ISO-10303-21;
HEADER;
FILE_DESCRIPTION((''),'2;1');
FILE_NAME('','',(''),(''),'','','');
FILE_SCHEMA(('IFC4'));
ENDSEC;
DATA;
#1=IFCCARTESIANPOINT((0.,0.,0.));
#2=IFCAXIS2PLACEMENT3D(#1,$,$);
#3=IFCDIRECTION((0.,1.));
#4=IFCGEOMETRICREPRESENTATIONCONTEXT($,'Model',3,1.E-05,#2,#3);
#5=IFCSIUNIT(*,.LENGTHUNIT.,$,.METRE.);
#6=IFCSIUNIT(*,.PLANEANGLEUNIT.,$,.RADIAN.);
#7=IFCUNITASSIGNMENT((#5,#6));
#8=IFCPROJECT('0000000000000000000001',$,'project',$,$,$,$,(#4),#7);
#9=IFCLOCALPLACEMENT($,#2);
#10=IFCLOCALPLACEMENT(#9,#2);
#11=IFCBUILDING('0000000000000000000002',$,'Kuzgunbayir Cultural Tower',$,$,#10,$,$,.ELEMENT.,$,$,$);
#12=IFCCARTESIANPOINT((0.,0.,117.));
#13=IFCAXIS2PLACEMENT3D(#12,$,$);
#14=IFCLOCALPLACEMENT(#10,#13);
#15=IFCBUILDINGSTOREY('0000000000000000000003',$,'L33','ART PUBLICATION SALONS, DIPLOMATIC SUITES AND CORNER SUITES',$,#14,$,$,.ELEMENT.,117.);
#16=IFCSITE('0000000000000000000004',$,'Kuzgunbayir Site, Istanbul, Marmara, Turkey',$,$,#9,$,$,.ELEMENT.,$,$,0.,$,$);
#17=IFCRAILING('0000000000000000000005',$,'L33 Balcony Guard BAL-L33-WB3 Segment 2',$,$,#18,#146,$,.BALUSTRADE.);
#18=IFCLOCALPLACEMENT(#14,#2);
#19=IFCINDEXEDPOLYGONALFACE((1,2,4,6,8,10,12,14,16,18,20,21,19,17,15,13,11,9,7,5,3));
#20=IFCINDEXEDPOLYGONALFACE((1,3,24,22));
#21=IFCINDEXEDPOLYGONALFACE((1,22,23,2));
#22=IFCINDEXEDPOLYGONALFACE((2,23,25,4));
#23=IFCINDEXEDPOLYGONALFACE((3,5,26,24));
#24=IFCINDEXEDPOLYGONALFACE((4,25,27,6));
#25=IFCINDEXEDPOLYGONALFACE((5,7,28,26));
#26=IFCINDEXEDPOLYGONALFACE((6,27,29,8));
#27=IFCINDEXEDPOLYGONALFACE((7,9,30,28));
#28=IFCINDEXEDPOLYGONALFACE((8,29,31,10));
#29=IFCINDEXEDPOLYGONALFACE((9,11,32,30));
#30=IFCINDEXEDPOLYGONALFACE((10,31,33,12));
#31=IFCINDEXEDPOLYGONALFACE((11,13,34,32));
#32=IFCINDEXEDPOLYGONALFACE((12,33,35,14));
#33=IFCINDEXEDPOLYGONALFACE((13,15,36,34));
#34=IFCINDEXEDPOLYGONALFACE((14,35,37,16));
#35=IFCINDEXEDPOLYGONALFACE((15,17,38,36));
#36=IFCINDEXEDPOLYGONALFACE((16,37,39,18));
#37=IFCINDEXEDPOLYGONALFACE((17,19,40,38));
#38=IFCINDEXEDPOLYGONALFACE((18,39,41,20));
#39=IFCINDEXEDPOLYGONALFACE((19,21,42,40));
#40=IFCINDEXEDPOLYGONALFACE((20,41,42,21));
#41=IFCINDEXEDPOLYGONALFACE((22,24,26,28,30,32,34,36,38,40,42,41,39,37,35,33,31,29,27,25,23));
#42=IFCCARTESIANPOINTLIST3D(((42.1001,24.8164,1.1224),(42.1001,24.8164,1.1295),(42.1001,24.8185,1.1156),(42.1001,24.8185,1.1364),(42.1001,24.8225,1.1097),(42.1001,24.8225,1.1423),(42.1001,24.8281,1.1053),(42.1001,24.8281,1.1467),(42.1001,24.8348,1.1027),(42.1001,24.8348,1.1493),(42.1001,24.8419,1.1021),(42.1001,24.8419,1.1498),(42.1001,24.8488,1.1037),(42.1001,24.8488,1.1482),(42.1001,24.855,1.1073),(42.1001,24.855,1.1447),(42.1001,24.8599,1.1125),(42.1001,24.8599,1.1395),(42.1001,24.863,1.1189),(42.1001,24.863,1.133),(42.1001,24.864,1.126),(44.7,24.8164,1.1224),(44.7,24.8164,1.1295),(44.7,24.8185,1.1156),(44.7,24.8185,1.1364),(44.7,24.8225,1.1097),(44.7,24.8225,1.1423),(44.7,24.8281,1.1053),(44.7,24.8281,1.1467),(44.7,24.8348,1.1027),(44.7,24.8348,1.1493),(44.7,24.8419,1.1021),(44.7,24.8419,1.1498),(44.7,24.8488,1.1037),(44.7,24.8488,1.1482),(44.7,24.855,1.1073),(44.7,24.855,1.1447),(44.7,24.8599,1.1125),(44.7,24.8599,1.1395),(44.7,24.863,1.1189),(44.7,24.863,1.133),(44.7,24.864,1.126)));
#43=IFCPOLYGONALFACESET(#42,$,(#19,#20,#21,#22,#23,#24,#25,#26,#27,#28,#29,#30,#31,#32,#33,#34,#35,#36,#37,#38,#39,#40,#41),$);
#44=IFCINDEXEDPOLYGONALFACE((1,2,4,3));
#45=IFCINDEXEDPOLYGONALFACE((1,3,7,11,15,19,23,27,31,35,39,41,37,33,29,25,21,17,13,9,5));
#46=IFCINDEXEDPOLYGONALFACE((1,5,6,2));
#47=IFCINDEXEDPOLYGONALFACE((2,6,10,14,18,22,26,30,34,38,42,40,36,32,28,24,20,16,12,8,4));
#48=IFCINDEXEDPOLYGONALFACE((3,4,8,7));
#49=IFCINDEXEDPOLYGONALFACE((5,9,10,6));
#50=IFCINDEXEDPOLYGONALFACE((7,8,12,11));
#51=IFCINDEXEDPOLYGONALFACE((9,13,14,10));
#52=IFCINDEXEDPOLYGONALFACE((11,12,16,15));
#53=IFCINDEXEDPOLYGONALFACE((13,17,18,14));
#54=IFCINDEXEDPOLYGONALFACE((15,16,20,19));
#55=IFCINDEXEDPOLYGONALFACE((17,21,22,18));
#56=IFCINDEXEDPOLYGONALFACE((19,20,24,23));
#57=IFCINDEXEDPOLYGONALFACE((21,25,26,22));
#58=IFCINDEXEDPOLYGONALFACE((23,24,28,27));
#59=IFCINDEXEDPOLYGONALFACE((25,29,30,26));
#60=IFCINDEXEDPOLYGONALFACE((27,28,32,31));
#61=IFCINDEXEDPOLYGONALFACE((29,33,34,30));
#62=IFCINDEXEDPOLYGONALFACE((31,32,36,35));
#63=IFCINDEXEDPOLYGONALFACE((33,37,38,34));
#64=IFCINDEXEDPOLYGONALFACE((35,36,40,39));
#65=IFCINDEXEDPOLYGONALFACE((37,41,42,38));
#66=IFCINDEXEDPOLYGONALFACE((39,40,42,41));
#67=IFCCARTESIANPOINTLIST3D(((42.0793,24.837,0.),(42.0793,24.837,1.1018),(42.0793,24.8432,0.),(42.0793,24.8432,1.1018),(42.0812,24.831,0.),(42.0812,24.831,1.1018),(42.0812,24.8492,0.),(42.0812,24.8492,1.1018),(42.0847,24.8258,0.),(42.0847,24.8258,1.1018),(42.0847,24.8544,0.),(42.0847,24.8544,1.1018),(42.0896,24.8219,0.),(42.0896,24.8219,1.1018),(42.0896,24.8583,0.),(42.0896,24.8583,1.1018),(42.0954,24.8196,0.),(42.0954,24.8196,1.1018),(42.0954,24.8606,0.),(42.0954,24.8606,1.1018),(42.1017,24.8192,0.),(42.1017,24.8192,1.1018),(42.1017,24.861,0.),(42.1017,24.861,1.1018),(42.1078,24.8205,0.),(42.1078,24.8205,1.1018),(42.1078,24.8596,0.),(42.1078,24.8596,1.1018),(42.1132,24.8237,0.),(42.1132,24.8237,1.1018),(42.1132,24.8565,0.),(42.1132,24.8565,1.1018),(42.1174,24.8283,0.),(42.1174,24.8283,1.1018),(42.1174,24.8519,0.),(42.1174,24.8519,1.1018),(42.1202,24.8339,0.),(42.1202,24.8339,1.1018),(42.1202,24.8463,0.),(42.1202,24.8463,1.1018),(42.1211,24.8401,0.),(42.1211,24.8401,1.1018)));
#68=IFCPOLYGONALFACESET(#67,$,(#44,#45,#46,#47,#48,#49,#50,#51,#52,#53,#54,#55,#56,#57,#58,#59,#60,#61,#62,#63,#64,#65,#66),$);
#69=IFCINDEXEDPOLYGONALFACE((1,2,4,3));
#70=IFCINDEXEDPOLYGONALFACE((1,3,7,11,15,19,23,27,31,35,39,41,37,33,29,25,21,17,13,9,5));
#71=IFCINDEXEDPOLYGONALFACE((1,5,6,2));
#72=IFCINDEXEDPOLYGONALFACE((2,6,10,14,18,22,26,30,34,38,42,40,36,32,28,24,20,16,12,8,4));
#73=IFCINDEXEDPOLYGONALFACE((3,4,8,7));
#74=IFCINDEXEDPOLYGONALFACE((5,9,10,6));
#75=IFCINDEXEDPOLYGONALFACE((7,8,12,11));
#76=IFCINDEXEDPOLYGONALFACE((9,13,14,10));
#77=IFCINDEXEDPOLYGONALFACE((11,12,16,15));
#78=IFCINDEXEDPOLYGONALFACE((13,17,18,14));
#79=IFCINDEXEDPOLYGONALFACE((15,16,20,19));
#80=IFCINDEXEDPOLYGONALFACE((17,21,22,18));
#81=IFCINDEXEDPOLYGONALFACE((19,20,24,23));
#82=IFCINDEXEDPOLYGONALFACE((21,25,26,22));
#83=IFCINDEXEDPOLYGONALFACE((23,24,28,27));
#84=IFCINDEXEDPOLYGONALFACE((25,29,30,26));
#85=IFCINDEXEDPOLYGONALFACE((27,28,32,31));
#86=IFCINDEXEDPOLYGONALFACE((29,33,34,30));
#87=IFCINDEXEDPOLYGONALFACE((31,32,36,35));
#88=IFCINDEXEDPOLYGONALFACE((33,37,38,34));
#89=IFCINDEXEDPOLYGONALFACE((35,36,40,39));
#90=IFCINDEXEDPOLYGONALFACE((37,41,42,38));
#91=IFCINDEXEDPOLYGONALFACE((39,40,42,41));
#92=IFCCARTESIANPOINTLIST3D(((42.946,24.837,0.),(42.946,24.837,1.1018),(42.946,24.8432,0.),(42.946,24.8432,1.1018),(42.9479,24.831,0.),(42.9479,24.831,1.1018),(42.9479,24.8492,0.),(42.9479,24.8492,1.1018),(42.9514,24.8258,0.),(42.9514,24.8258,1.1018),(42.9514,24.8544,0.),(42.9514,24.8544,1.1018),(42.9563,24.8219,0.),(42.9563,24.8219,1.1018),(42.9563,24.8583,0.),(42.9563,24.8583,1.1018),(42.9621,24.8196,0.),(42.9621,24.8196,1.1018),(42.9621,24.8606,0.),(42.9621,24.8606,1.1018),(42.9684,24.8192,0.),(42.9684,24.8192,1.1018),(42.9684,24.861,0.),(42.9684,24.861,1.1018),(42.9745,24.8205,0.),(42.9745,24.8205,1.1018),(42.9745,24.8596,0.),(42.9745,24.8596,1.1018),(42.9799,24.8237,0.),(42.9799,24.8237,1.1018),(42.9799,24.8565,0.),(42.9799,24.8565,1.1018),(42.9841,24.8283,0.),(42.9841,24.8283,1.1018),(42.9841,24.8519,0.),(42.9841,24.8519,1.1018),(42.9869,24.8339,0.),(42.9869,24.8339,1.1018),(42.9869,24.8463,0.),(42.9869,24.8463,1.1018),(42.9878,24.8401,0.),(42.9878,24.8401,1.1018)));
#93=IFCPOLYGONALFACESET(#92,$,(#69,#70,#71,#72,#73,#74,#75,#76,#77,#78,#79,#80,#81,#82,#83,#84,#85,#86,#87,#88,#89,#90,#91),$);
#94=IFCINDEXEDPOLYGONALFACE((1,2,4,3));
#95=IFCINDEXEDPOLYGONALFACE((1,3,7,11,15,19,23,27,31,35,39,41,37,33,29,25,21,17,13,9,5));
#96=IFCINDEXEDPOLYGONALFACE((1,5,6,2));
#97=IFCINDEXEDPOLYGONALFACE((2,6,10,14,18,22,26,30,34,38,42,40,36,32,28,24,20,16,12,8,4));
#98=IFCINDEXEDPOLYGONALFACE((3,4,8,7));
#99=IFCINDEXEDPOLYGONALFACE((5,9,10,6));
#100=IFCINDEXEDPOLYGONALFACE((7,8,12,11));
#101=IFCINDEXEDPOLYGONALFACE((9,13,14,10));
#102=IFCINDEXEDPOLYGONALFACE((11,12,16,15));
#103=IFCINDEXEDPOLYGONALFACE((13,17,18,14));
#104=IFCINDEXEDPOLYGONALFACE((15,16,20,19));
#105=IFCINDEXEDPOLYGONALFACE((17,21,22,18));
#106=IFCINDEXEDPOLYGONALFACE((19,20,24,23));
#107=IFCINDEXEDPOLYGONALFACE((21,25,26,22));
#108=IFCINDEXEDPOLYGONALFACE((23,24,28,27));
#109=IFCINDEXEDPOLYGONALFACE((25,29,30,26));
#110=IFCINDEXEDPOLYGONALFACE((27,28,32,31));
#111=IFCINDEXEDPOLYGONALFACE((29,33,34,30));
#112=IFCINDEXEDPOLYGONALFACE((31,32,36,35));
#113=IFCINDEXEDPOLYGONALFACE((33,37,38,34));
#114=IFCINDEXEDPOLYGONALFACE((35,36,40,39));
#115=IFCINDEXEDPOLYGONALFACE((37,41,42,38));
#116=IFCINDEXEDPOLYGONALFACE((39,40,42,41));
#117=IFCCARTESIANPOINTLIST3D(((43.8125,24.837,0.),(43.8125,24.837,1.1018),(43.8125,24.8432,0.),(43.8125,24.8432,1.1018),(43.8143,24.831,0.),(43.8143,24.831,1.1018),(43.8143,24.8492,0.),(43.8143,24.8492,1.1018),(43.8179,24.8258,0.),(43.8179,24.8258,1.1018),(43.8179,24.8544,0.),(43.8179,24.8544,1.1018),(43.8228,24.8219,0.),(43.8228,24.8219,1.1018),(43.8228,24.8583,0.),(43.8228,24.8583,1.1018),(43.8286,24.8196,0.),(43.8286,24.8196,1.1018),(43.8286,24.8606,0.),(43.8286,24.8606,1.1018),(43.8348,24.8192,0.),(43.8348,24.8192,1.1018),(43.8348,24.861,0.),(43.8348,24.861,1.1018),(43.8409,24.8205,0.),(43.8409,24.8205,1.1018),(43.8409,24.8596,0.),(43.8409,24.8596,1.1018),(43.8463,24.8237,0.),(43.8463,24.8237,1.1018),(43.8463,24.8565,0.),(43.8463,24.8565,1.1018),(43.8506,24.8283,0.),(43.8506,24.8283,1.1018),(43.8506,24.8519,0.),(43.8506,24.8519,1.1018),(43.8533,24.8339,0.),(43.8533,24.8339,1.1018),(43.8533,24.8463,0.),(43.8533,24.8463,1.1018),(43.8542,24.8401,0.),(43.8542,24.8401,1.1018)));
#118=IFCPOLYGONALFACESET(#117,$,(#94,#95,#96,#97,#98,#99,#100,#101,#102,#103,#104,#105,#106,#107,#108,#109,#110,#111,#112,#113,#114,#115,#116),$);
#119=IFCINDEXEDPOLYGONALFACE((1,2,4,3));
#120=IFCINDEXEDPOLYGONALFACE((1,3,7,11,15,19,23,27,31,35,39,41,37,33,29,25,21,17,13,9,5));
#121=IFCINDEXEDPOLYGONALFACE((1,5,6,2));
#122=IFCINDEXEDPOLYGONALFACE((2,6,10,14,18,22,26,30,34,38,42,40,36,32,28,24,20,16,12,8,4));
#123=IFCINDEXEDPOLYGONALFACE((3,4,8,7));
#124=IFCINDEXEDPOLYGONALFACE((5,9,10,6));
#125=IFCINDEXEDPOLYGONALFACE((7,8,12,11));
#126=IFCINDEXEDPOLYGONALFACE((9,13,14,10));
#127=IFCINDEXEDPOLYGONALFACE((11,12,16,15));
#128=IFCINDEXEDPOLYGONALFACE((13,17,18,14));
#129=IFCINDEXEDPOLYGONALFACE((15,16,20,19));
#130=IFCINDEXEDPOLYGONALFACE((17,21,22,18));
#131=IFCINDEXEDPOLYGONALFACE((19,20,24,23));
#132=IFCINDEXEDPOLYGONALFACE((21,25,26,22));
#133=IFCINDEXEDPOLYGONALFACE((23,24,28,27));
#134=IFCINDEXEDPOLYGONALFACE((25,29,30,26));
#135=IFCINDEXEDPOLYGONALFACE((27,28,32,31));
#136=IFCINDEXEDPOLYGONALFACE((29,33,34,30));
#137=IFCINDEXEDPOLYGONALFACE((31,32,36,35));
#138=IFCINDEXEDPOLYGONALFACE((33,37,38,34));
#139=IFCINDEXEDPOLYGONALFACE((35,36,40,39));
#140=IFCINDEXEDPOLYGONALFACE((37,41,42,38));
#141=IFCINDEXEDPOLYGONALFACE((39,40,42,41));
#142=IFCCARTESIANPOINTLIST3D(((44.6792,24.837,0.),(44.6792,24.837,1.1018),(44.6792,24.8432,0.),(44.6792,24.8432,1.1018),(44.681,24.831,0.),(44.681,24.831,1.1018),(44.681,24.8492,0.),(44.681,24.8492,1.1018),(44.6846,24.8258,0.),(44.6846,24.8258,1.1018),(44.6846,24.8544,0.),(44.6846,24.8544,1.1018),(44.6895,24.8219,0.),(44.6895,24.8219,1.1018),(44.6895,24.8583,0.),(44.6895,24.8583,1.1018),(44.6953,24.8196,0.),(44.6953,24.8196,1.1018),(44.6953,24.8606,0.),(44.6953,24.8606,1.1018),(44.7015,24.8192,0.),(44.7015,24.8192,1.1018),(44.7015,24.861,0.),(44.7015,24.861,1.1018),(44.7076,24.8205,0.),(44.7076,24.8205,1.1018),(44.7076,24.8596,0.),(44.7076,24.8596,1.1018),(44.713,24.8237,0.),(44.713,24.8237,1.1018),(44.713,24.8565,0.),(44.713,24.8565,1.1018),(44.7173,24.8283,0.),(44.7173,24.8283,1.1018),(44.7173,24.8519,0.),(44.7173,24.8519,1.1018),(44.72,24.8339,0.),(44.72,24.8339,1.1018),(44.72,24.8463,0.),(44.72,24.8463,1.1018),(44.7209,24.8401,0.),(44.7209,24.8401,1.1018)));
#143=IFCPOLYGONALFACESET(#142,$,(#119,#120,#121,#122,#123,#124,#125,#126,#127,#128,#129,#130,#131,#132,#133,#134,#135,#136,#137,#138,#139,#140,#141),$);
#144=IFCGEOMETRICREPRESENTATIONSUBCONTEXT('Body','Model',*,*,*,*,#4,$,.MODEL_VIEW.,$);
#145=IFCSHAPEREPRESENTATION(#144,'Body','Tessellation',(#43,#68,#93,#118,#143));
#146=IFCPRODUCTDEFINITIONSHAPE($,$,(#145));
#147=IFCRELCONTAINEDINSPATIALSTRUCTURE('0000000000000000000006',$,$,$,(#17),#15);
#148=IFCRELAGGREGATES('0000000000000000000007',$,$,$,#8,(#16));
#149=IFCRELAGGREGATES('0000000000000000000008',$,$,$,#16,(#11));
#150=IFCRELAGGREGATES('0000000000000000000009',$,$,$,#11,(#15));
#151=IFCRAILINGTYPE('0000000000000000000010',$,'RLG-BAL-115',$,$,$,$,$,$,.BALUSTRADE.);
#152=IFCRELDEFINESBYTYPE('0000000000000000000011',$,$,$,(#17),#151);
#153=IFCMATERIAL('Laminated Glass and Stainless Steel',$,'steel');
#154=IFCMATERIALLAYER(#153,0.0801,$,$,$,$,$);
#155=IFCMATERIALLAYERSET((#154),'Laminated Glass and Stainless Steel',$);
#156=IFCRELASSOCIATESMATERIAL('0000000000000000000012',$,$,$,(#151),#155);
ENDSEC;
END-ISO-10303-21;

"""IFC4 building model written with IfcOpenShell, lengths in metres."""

from ifc_helpers import new_model, si_unit, direction, frame, origin, origin_2d, place, context, subcontext, project, spatial, circle, extrude, material, layer, layer_set, type_object, element, save


model = new_model("IFC4")

# Units and contexts
model_context = context("Model", 3, precision=1e-05, world=origin(), true_north=direction((0.0, 1.0)))
body_context = subcontext(model_context, "Body", "Model", "MODEL_VIEW")
ifc_project = project(units=[si_unit("LENGTHUNIT", "METRE"), si_unit("PLANEANGLEUNIT", "RADIAN")], contexts=[model_context])

# Site, building, storey
site_placement = place(None, origin())
site = spatial("IfcSite", under=ifc_project, at=site_placement, Name="Kuzgunbayir Site, Istanbul, Marmara, Turkey", CompositionType="ELEMENT", RefElevation=0.0)
building_placement = place(site_placement, origin())
building = spatial("IfcBuilding", under=site, at=building_placement, Name="Kuzgunbayir Cultural Tower", CompositionType="ELEMENT")
storey_placement = place(building_placement, frame((0.0, 0.0, 117.0)))
storey = spatial("IfcBuildingStorey", under=building, at=storey_placement, Name="L33", Description="ART PUBLICATION SALONS, DIPLOMATIC SUITES AND CORNER SUITES", CompositionType="ELEMENT", Elevation=117.0)

# Railing
ifc_material_1 = material(Name="Laminated Glass and Stainless Steel", Category="steel")
ifc_layer_1 = layer(ifc_material_1, 0.0801)
ifc_layer_set_1 = layer_set([ifc_layer_1], Name="Laminated Glass and Stainless Steel")
railing_type = type_object("IfcRailingType", Name="RLG-BAL-115", PredefinedType="BALUSTRADE", material=ifc_layer_set_1)
railing_1_placement = place(storey_placement, frame((42.1001, 24.8401, 0.0)))
element("IfcRailing", 1, at=railing_1_placement, inside=storey, type_object=railing_type, Name="L33 Balcony Guard BAL-L33-WB3 Segment 2", PredefinedType="BALUSTRADE", context=body_context, shape_type="SweptSolid", body=[
    extrude(circle(Radius=0.0239, at=origin_2d()), frame((0.0, 0.0, 1.126), z_axis=(1.0, 0.0, 0.0), x_axis=(0.0, 1.0, 0.0)), (0.0, 0.0, 1.0), 2.5999),
    extrude(circle(Radius=0.021, at=origin_2d()), origin(), (0.0, 0.0, 1.0), 1.1018),
    extrude(circle(Radius=0.021, at=origin_2d()), frame((0.8667, 0.0, 0.0)), (0.0, 0.0, 1.0), 1.1018),
    extrude(circle(Radius=0.021, at=origin_2d()), frame((1.7332, 0.0, 0.0)), (0.0, 0.0, 1.0), 1.1018),
    extrude(circle(Radius=0.021, at=origin_2d()), frame((2.5999, 0.0, 0.0)), (0.0, 0.0, 1.0), 1.1018),
])

save(model, "model.ifc")
